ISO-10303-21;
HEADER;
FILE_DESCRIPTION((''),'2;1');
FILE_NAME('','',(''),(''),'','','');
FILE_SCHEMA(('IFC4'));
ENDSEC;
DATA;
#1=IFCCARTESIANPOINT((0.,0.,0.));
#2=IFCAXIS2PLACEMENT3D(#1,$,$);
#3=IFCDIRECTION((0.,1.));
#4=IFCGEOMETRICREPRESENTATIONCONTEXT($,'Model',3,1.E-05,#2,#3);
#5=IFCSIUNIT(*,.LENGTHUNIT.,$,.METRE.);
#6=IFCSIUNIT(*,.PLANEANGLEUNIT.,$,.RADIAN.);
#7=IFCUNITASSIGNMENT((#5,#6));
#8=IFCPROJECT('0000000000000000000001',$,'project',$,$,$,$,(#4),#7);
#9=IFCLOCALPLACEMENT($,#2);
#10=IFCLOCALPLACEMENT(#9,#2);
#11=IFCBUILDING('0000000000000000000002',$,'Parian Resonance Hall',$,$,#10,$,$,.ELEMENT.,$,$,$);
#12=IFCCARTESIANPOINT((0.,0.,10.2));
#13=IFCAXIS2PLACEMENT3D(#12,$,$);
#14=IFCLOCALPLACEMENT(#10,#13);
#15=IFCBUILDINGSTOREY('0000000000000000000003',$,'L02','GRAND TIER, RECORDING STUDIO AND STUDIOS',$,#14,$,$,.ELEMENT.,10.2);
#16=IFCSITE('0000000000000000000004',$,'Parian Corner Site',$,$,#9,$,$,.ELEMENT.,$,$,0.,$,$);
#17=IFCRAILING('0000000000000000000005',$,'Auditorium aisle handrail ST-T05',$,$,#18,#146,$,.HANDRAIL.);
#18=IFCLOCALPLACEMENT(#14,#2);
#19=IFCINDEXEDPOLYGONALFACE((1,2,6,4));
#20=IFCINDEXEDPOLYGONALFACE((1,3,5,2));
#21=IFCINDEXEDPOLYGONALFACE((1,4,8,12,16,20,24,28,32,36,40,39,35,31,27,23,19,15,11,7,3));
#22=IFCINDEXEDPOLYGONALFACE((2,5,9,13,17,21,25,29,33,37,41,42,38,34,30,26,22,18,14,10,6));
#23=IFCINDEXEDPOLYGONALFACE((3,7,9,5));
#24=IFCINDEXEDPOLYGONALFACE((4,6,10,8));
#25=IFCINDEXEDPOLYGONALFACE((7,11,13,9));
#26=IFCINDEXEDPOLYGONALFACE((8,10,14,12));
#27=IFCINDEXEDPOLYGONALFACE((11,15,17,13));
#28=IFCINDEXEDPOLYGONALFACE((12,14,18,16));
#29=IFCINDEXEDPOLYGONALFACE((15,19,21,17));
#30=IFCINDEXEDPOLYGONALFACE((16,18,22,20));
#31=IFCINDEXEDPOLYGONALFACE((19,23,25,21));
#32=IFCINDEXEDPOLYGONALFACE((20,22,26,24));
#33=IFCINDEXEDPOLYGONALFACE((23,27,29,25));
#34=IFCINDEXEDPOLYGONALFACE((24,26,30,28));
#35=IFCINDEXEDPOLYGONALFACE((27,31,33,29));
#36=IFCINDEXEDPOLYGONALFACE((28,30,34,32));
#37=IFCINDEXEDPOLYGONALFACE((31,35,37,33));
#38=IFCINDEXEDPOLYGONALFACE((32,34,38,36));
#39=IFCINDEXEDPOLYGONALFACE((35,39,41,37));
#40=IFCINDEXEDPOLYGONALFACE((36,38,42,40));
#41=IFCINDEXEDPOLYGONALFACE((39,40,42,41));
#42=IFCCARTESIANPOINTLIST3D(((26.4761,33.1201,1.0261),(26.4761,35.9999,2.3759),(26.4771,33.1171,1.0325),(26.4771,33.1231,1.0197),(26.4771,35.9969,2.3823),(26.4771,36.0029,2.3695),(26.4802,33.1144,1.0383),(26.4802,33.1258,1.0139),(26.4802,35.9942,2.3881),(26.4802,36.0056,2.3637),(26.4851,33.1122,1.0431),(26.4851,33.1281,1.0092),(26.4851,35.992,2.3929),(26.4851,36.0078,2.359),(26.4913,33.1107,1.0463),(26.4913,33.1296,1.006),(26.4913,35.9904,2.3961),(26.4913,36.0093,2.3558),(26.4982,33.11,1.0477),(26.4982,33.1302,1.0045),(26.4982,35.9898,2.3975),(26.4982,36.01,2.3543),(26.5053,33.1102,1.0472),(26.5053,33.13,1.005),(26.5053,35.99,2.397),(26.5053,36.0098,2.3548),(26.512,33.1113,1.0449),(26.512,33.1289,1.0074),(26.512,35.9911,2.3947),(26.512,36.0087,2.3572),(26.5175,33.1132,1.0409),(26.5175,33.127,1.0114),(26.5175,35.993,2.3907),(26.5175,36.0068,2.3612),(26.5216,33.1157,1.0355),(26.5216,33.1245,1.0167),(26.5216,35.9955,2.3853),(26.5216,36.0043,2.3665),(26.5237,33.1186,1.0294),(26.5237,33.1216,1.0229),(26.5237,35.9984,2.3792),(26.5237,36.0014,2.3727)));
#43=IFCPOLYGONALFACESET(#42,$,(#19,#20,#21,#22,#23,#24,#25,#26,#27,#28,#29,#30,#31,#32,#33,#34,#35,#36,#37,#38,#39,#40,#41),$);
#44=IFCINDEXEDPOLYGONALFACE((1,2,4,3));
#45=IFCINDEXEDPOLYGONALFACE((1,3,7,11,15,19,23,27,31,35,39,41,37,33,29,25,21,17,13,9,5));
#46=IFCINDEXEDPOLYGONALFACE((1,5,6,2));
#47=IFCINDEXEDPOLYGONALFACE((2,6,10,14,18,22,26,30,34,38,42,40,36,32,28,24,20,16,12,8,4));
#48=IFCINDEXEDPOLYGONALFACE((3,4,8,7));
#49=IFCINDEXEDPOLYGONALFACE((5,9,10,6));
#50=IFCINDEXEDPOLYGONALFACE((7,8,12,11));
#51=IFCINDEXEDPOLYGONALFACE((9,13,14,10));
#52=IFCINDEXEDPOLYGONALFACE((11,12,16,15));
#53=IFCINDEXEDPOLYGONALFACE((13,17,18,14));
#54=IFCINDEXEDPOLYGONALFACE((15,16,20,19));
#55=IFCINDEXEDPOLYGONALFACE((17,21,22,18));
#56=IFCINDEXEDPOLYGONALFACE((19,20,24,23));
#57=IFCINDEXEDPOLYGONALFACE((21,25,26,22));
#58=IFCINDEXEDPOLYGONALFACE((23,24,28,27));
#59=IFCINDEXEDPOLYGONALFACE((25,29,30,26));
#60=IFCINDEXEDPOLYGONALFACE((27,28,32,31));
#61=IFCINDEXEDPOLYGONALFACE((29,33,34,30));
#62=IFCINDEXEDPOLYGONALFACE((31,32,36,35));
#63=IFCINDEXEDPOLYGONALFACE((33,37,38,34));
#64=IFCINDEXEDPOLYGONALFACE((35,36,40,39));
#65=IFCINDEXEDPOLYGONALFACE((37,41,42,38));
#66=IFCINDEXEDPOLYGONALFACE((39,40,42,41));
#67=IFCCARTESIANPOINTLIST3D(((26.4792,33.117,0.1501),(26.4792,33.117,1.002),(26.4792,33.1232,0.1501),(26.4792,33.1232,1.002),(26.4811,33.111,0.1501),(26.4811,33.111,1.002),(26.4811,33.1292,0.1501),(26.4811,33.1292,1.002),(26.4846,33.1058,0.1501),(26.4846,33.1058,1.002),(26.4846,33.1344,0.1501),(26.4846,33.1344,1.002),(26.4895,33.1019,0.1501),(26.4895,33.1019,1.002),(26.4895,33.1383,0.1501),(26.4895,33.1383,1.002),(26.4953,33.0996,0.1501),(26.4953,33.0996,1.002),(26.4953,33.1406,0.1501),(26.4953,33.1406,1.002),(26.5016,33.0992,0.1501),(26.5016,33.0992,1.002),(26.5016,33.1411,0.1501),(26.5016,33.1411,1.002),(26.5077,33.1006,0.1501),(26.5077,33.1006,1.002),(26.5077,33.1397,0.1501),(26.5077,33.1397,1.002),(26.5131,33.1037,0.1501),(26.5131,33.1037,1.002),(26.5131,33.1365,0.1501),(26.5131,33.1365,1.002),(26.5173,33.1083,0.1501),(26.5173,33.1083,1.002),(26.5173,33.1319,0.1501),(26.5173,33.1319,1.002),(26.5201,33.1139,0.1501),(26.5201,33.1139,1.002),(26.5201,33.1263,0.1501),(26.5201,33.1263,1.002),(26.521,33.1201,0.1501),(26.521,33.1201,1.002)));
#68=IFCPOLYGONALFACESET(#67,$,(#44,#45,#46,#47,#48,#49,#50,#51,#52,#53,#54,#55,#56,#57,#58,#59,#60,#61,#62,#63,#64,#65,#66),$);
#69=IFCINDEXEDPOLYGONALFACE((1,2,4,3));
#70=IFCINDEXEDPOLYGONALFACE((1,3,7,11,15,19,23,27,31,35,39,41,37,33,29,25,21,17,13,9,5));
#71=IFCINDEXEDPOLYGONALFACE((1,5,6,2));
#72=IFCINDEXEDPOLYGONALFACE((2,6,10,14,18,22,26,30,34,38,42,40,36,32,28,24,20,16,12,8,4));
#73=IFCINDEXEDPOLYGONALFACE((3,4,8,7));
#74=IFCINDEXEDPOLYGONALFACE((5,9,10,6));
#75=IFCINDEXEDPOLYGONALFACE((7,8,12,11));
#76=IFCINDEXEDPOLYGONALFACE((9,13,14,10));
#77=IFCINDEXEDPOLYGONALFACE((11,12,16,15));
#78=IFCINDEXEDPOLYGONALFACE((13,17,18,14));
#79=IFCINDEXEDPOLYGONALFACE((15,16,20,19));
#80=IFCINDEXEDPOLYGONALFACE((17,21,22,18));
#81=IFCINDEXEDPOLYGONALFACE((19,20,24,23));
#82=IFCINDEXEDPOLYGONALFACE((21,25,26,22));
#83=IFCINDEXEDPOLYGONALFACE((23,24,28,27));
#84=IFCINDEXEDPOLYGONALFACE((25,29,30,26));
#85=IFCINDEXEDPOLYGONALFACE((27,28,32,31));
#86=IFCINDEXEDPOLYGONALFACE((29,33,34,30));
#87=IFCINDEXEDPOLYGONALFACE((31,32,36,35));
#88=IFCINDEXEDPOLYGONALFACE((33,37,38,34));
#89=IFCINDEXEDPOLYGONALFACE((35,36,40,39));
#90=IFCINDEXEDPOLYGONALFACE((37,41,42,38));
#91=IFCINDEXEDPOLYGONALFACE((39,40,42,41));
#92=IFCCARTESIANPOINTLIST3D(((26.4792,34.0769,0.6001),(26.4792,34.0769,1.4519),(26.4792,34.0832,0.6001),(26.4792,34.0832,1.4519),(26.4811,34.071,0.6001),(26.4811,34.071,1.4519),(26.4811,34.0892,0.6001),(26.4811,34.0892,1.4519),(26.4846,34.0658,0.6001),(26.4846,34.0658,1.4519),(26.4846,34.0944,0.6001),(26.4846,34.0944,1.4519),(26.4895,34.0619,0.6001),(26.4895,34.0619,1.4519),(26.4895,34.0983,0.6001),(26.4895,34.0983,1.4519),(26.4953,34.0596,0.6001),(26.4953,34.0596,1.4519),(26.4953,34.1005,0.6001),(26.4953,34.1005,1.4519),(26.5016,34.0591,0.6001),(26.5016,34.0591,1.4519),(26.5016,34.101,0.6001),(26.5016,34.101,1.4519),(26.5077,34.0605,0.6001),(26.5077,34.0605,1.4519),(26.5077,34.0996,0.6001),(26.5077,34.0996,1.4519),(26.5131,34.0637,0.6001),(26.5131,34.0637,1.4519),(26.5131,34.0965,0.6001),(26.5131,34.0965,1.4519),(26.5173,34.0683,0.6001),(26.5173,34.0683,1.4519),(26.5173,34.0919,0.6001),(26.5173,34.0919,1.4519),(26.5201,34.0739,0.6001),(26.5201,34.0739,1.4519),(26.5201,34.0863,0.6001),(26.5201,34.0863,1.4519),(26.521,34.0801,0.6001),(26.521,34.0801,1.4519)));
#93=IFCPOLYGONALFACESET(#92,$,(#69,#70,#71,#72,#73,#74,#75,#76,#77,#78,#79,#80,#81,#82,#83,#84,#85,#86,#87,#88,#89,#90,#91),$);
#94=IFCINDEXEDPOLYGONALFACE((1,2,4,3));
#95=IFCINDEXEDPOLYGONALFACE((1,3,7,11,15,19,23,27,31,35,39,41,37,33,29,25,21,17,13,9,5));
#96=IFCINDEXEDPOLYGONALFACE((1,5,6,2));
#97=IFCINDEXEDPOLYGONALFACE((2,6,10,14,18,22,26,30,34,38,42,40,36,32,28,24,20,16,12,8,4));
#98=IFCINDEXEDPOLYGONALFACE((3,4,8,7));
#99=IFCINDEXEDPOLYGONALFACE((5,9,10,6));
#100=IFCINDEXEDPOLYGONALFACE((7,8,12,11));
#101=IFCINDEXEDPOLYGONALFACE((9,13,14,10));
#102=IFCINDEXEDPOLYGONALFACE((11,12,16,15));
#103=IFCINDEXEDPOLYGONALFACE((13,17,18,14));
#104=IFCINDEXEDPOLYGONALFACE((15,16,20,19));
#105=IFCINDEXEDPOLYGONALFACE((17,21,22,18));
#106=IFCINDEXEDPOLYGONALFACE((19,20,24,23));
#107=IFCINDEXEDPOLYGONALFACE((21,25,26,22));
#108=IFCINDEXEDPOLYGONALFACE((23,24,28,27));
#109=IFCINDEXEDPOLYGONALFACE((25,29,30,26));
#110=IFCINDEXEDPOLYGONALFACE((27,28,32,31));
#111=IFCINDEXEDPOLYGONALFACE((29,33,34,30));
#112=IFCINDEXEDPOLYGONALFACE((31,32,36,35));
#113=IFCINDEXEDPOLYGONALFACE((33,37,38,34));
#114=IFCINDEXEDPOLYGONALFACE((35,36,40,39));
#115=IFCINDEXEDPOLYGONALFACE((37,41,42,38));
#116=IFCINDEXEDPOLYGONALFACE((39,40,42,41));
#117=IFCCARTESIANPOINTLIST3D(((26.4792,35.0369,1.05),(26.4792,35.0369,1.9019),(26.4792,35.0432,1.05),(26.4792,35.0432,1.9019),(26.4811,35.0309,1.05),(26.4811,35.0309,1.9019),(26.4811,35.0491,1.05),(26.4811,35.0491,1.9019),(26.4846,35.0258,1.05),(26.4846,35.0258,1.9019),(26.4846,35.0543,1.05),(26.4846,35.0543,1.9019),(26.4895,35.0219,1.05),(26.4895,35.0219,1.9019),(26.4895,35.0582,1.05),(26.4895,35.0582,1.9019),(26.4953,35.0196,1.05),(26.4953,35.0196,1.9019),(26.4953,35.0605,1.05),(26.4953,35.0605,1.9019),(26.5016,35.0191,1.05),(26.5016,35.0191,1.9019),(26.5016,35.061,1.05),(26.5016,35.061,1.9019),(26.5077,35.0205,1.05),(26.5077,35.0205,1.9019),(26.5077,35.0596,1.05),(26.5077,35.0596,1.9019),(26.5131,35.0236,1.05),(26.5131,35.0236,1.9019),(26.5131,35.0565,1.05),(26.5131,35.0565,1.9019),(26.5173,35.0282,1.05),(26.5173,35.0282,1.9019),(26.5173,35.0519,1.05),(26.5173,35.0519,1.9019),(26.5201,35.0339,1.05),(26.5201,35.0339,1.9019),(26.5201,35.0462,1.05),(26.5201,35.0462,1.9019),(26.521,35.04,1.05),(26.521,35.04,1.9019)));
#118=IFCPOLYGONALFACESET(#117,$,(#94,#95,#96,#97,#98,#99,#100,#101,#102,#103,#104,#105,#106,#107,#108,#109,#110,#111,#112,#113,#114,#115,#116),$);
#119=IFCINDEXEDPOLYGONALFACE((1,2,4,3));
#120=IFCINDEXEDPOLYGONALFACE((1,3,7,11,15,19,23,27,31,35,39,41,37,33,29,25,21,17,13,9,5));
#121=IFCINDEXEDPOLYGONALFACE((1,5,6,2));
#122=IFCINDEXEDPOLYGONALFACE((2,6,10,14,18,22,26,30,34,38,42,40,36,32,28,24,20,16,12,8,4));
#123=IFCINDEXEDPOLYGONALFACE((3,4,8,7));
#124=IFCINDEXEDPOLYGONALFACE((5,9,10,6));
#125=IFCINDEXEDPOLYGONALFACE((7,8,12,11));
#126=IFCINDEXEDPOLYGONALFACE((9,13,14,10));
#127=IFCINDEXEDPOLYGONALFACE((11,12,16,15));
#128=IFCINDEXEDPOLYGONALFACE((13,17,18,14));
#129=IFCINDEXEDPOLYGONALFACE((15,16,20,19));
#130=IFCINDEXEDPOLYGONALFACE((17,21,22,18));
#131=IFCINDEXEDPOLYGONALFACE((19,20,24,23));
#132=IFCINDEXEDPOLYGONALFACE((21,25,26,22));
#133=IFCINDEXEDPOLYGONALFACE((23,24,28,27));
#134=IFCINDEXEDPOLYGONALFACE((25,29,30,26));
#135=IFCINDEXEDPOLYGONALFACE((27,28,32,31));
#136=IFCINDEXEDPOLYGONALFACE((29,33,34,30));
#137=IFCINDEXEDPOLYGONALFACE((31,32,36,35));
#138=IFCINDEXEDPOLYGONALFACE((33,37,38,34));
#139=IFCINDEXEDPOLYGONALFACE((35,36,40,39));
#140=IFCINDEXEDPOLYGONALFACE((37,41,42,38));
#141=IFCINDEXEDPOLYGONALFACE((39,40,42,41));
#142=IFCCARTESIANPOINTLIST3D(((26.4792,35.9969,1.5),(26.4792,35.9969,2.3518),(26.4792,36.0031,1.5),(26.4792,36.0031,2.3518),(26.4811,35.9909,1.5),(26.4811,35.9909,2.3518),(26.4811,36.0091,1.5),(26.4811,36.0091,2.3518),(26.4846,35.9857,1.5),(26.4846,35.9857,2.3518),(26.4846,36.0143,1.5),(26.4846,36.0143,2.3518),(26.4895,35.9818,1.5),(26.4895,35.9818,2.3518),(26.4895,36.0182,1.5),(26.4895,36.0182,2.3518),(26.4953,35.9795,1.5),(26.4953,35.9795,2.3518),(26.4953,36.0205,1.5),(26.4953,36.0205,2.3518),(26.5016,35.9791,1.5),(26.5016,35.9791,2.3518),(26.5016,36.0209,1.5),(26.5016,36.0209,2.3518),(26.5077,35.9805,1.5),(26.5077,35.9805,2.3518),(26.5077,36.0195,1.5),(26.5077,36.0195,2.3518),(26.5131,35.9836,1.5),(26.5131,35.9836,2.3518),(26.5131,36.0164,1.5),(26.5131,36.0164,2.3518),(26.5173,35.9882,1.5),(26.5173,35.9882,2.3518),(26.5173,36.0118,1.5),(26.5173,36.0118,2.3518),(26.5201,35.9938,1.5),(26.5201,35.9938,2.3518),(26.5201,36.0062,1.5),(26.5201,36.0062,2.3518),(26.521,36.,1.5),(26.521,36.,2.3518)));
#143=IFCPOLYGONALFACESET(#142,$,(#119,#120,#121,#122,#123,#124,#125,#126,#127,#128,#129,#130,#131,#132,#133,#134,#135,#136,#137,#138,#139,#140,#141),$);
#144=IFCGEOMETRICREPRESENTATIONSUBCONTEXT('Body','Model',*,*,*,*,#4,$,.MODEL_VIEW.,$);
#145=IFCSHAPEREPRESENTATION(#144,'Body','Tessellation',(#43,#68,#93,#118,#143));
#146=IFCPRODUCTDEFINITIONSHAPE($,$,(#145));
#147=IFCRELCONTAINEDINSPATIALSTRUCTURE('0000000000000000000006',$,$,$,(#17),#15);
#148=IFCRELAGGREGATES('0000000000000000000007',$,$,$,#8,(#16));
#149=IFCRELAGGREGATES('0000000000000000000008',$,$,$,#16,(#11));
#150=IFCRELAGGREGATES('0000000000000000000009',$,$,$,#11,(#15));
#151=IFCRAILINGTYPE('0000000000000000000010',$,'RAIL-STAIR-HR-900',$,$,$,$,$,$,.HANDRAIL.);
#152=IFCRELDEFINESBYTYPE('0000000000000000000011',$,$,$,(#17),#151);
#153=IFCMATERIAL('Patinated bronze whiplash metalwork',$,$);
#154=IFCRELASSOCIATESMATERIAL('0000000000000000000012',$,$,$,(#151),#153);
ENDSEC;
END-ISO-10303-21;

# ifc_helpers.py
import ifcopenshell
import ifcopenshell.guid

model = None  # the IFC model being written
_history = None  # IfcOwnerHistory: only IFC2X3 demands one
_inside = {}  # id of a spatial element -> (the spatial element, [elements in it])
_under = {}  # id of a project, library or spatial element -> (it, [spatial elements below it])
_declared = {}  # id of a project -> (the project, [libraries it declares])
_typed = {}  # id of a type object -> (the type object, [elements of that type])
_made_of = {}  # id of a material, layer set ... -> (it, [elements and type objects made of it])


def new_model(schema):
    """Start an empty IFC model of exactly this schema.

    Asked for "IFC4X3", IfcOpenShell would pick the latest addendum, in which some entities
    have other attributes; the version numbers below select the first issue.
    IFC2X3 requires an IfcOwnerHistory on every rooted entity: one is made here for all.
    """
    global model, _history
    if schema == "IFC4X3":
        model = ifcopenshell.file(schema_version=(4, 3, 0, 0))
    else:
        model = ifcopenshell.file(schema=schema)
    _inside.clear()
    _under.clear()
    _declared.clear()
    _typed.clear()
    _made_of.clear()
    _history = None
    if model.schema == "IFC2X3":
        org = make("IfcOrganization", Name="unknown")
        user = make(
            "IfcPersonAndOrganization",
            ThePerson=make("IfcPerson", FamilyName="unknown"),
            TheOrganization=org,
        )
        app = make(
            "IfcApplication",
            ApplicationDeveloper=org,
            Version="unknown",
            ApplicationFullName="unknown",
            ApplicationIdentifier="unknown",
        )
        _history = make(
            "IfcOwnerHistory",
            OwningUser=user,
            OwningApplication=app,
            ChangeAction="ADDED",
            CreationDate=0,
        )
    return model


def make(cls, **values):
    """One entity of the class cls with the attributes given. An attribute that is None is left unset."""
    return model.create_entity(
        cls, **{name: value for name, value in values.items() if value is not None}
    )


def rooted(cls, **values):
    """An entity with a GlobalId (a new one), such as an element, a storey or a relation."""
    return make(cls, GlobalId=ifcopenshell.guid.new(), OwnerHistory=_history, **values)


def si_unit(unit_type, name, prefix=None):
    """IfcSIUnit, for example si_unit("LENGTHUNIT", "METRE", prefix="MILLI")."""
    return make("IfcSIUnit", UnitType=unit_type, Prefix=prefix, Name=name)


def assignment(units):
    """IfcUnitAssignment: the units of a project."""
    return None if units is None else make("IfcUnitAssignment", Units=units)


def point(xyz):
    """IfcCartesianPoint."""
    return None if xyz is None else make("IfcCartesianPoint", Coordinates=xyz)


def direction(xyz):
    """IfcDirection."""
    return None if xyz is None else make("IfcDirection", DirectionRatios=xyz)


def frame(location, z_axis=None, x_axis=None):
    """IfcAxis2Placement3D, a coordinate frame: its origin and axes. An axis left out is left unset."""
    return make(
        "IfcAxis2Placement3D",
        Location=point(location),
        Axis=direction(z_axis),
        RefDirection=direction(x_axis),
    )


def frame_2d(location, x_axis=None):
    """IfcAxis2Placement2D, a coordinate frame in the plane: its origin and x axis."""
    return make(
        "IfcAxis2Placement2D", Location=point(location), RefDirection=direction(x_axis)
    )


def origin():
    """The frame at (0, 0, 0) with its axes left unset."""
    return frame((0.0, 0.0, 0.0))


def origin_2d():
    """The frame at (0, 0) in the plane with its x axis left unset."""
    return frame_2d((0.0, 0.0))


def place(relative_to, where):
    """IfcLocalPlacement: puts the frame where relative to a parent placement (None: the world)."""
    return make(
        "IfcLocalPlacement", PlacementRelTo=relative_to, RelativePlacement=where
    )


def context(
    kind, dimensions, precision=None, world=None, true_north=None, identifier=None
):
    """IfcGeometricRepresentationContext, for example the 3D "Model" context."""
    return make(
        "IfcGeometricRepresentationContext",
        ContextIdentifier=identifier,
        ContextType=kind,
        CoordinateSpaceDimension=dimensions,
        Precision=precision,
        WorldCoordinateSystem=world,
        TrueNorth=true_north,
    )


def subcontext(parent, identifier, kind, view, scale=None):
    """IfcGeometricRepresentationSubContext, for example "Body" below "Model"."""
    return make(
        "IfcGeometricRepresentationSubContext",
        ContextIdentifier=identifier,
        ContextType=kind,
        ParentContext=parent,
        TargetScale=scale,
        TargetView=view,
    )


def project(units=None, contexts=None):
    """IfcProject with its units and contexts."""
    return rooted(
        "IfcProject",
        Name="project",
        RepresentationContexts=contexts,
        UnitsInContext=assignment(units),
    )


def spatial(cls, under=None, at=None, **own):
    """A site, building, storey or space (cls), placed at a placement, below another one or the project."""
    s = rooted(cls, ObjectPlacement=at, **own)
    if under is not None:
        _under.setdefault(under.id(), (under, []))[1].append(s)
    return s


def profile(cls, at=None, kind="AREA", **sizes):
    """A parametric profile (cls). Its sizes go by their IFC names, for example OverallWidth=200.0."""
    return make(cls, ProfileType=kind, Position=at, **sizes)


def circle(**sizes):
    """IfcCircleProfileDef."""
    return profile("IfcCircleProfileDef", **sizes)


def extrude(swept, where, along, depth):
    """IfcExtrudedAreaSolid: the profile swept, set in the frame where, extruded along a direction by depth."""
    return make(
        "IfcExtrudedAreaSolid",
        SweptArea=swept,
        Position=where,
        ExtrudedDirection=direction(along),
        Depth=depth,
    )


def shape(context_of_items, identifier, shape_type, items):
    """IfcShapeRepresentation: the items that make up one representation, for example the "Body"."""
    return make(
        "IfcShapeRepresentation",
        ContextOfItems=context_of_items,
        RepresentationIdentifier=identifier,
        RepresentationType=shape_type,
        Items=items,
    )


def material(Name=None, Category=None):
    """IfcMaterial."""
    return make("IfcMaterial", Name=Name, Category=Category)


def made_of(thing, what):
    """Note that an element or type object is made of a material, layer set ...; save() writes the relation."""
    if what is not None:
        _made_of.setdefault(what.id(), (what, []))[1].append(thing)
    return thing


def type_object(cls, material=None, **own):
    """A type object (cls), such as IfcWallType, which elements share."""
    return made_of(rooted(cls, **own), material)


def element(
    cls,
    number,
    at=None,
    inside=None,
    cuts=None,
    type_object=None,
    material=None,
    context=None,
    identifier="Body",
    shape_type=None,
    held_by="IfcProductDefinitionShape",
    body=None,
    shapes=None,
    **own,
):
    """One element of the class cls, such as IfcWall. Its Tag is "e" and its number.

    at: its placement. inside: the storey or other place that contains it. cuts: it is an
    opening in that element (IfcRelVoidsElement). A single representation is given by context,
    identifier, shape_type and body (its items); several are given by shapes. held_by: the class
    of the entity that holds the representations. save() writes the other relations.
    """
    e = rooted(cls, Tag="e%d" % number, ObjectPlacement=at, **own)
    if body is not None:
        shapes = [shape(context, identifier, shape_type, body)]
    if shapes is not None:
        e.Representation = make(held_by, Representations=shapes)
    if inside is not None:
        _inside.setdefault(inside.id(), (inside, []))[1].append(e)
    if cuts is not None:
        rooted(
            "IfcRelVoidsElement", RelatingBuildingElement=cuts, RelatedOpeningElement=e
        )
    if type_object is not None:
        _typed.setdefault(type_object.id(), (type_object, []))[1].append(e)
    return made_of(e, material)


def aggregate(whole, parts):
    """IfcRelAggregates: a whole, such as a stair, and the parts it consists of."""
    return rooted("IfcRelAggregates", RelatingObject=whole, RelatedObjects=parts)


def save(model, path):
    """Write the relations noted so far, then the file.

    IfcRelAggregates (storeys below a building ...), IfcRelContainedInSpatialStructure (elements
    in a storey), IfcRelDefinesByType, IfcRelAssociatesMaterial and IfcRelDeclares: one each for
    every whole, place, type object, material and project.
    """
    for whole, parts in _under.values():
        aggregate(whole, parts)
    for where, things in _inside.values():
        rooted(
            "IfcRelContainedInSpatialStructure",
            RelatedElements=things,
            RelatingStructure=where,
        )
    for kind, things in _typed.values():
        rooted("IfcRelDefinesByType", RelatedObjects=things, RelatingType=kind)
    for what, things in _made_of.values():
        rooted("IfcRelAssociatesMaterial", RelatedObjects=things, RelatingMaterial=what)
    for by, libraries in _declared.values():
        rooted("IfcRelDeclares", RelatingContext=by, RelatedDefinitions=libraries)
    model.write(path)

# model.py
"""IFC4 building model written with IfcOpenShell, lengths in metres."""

from ifc_helpers import new_model, si_unit, direction, frame, origin, origin_2d, place, context, subcontext, project, spatial, circle, extrude, material, type_object, element, save


model = new_model("IFC4")

# Units and contexts
model_context = context("Model", 3, precision=1e-05, world=origin(), true_north=direction((0.0, 1.0)))
body_context = subcontext(model_context, "Body", "Model", "MODEL_VIEW")
ifc_project = project(units=[si_unit("LENGTHUNIT", "METRE"), si_unit("PLANEANGLEUNIT", "RADIAN")], contexts=[model_context])

# Site, building, storey
site_placement = place(None, origin())
site = spatial("IfcSite", under=ifc_project, at=site_placement, Name="Parian Corner Site", CompositionType="ELEMENT", RefElevation=0.0)
building_placement = place(site_placement, origin())
building = spatial("IfcBuilding", under=site, at=building_placement, Name="Parian Resonance Hall", CompositionType="ELEMENT")
storey_placement = place(building_placement, frame((0.0, 0.0, 10.2)))
storey = spatial("IfcBuildingStorey", under=building, at=storey_placement, Name="L02", Description="GRAND TIER, RECORDING STUDIO AND STUDIOS", CompositionType="ELEMENT", Elevation=10.2)

# Railing
ifc_material_1 = material(Name="Patinated bronze whiplash metalwork")
railing_type_1 = type_object("IfcRailingType", Name="RAIL-STAIR-HR-900", PredefinedType="HANDRAIL", material=ifc_material_1)
railing_1_placement = place(storey_placement, frame((26.5, 33.1201, 0.1501)))
element("IfcRailing", 1, at=railing_1_placement, inside=storey, type_object=railing_type_1, Name="Auditorium aisle handrail ST-T05", PredefinedType="HANDRAIL", context=body_context, shape_type="SweptSolid", body=[
    extrude(circle(Radius=0.0239, at=origin_2d()), frame((0.0, 0.0, 0.876), z_axis=(0.0, 0.90547, 0.42441), x_axis=(-1.0, 0.0, 0.0)), (0.0, 0.0, 1.0), 3.1804),
    extrude(circle(Radius=0.021, at=origin_2d()), origin(), (0.0, 0.0, 1.0), 0.8518),
    extrude(circle(Radius=0.021, at=origin_2d()), frame((0.0, 0.96, 0.45)), (0.0, 0.0, 1.0), 0.8518),
    extrude(circle(Radius=0.021, at=origin_2d()), frame((0.0, 1.9199, 0.8999)), (0.0, 0.0, 1.0), 0.8518),
    extrude(circle(Radius=0.021, at=origin_2d()), frame((0.0, 2.8799, 1.3499)), (0.0, 0.0, 1.0), 0.8518),
])

save(model, "model.ifc")
